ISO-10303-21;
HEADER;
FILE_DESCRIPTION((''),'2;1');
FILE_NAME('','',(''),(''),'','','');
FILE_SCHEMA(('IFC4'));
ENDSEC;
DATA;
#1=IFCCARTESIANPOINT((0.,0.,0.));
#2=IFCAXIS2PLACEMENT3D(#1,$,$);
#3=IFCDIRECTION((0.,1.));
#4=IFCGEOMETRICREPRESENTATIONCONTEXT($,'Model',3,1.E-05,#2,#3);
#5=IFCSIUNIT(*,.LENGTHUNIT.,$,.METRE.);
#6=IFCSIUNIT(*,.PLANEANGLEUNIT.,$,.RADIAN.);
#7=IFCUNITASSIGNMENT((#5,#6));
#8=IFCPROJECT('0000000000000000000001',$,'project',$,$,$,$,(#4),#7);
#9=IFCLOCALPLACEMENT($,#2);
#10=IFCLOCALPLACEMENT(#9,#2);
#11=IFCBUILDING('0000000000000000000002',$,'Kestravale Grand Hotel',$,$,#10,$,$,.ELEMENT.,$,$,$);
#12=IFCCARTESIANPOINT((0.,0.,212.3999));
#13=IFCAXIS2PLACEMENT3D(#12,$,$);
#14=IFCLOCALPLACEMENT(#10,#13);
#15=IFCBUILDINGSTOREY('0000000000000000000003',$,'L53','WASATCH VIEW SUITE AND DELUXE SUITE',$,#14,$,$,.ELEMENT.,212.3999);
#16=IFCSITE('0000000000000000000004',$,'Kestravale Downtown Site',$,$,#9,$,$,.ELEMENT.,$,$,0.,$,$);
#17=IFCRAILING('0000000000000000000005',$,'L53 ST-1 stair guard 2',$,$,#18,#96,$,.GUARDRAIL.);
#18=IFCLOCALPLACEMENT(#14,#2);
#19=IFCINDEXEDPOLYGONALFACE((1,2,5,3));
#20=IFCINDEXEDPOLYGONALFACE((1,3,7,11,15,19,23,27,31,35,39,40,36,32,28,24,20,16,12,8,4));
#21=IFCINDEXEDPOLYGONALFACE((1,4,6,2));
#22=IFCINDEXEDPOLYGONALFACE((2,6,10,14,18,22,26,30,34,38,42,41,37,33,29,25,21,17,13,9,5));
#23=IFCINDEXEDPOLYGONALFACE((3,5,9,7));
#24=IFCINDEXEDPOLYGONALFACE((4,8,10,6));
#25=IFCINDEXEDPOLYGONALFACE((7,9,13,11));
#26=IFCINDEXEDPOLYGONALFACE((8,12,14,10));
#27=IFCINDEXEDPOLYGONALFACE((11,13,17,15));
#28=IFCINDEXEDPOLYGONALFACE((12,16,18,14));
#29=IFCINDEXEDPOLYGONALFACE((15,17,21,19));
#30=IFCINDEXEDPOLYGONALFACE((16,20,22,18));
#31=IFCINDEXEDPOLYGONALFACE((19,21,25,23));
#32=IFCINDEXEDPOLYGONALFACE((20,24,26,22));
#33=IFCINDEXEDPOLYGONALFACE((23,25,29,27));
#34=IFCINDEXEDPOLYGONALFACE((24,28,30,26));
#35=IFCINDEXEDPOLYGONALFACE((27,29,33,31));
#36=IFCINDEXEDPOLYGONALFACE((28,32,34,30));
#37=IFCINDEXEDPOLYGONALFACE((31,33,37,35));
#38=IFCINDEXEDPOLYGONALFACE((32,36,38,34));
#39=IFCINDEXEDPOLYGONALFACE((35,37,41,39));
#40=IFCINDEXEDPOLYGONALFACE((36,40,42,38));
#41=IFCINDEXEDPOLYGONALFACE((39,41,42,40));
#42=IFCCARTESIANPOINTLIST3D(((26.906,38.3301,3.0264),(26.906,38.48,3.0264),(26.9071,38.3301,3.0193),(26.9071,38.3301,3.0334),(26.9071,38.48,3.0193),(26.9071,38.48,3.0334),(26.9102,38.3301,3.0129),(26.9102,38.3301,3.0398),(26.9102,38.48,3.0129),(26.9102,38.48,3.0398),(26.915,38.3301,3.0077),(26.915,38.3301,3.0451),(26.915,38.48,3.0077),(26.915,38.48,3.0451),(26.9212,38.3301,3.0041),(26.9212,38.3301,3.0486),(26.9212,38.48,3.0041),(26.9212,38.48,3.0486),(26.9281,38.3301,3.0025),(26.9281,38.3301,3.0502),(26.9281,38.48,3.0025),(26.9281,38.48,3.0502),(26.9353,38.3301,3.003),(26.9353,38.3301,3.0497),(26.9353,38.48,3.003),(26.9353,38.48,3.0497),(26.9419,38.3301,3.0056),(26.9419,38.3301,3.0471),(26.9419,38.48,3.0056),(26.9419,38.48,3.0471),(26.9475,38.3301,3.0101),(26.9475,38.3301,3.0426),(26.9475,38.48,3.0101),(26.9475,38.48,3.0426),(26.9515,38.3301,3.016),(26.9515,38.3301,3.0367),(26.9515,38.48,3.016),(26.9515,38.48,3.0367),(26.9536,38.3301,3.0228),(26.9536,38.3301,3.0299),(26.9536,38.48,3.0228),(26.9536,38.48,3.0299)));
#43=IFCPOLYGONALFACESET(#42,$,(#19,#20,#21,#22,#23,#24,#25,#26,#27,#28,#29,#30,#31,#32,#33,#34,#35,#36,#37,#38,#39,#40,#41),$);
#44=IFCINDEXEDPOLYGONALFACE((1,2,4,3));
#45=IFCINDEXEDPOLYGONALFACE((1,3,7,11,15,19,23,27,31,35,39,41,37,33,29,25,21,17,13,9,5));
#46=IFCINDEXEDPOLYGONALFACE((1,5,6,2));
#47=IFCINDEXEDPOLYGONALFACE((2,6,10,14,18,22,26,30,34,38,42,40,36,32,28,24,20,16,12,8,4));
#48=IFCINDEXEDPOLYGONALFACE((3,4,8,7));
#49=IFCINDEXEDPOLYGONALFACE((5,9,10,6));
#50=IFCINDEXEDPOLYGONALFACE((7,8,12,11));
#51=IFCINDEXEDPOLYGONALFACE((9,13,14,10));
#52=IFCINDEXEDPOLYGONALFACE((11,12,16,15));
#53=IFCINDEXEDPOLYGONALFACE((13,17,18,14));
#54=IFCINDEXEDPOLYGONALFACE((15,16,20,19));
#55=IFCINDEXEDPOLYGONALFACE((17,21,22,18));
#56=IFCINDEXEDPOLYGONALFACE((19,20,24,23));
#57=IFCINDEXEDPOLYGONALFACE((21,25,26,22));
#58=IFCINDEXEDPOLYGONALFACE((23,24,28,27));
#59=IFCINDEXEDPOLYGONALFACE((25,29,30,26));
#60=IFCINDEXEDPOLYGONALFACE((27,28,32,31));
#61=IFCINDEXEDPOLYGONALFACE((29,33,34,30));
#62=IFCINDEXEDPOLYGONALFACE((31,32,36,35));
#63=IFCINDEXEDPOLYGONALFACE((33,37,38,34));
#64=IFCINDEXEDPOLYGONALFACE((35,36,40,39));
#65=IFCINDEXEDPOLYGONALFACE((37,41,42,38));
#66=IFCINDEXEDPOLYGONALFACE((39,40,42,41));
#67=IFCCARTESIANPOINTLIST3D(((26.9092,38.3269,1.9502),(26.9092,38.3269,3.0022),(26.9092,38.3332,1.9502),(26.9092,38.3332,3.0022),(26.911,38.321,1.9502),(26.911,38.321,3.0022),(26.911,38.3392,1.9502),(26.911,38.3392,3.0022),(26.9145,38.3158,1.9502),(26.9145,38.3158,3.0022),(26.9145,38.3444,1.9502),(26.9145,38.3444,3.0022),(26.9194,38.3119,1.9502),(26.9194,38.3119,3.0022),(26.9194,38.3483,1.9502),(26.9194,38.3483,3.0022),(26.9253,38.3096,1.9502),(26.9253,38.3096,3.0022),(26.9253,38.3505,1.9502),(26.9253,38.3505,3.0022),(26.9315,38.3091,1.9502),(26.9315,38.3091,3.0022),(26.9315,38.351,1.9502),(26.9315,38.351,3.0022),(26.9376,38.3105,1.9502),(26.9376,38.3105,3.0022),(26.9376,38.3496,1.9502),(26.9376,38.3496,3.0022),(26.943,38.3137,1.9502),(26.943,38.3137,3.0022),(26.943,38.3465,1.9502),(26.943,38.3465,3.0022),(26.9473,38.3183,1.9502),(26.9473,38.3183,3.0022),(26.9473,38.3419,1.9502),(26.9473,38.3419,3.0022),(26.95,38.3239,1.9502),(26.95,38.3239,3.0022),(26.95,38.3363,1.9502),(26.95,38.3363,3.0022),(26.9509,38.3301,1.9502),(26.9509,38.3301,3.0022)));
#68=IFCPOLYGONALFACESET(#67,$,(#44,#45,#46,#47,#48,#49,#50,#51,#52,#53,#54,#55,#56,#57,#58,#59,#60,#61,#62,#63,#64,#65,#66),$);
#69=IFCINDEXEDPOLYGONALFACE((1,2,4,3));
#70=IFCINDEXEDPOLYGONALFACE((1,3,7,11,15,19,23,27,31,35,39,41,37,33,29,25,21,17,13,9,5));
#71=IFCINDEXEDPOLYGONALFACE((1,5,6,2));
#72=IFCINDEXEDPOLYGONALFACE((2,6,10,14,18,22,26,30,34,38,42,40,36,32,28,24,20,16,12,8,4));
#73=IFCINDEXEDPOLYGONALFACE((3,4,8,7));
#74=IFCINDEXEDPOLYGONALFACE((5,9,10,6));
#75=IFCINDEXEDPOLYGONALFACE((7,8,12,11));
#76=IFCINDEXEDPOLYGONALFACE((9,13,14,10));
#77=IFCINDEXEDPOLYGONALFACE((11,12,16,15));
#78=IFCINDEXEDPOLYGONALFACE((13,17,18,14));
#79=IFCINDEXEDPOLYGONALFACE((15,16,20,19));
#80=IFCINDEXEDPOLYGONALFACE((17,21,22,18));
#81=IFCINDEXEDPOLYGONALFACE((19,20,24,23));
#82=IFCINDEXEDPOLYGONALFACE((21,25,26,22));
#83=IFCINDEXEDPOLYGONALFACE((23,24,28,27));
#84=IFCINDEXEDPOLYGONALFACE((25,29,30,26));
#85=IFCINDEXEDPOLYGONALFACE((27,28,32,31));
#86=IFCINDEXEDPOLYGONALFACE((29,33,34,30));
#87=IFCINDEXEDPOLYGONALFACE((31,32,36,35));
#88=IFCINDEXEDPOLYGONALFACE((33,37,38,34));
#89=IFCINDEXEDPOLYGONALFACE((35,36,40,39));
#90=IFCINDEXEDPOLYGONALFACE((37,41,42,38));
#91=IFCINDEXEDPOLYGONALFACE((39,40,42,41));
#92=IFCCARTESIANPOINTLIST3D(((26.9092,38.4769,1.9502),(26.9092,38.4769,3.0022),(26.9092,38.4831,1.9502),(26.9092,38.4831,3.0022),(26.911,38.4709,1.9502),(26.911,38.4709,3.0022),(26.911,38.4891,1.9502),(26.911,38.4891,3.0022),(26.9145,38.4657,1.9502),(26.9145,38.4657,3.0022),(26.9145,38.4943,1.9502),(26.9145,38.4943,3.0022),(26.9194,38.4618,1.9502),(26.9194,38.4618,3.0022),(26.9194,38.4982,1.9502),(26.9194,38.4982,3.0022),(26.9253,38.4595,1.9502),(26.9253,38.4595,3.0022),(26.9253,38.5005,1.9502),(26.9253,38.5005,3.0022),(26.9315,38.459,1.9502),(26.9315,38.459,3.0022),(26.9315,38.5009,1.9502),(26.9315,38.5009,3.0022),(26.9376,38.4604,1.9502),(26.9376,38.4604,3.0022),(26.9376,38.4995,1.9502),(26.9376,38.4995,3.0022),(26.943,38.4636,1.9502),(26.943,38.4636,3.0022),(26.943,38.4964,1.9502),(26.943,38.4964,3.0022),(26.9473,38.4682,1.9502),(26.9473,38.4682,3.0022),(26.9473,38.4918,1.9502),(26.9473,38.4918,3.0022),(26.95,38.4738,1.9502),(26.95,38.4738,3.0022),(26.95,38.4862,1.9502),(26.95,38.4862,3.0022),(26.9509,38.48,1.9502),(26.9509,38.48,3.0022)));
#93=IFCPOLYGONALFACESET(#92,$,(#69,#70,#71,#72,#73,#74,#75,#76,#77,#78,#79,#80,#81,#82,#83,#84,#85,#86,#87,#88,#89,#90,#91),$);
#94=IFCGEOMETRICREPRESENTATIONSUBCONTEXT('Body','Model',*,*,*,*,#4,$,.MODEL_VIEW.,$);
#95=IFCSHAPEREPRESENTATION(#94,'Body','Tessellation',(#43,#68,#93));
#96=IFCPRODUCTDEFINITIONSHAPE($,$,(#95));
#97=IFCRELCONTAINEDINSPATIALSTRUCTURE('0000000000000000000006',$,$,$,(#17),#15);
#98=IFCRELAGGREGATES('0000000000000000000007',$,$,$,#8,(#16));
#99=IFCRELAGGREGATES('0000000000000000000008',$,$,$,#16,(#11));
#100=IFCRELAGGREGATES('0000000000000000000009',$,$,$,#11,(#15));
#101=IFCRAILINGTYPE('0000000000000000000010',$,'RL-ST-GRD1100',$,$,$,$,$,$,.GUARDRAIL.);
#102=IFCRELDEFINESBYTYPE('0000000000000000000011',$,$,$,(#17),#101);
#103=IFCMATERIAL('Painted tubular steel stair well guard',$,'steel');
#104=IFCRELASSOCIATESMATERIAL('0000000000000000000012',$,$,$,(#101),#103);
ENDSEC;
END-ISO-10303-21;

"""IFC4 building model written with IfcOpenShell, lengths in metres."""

from ifc_helpers import new_model, si_unit, direction, frame, origin, origin_2d, place, context, subcontext, project, spatial, circle, extrude, material, type_object, element, save


model = new_model("IFC4")

# Units and contexts
model_context = context("Model", 3, precision=1e-05, world=origin(), true_north=direction((0.0, 1.0)))
body_context = subcontext(model_context, "Body", "Model", "MODEL_VIEW")
ifc_project = project(units=[si_unit("LENGTHUNIT", "METRE"), si_unit("PLANEANGLEUNIT", "RADIAN")], contexts=[model_context])

# Site, building, storey
site_placement = place(None, origin())
site = spatial("IfcSite", under=ifc_project, at=site_placement, Name="Kestravale Downtown Site", CompositionType="ELEMENT", RefElevation=0.0)
building_placement = place(site_placement, origin())
building = spatial("IfcBuilding", under=site, at=building_placement, Name="Kestravale Grand Hotel", CompositionType="ELEMENT")
storey_placement = place(building_placement, frame((0.0, 0.0, 212.3999)))
storey = spatial("IfcBuildingStorey", under=building, at=storey_placement, Name="L53", Description="WASATCH VIEW SUITE AND DELUXE SUITE", CompositionType="ELEMENT", Elevation=212.3999)

# Railing
ifc_material_1 = material(Name="Painted tubular steel stair well guard", Category="steel")
railing_type_1 = type_object("IfcRailingType", Name="RL-ST-GRD1100", PredefinedType="GUARDRAIL", material=ifc_material_1)
railing_1_placement = place(storey_placement, frame((26.9299, 38.3301, 1.9502)))
element("IfcRailing", 1, at=railing_1_placement, inside=storey, type_object=railing_type_1, Name="L53 ST-1 stair guard 2", PredefinedType="GUARDRAIL", context=body_context, shape_type="SweptSolid", body=[
    extrude(circle(Radius=0.0239, at=origin_2d()), frame((0.0, 0.0, 1.0762), z_axis=(0.0, 1.0, 0.0), x_axis=(-1.0, 0.0, 0.0)), (0.0, 0.0, 1.0), 0.1499),
    extrude(circle(Radius=0.021, at=origin_2d()), origin(), (0.0, 0.0, 1.0), 1.052),
    extrude(circle(Radius=0.021, at=origin_2d()), frame((0.0, 0.1499, 0.0)), (0.0, 0.0, 1.0), 1.052),
])

save(model, "model.ifc")
